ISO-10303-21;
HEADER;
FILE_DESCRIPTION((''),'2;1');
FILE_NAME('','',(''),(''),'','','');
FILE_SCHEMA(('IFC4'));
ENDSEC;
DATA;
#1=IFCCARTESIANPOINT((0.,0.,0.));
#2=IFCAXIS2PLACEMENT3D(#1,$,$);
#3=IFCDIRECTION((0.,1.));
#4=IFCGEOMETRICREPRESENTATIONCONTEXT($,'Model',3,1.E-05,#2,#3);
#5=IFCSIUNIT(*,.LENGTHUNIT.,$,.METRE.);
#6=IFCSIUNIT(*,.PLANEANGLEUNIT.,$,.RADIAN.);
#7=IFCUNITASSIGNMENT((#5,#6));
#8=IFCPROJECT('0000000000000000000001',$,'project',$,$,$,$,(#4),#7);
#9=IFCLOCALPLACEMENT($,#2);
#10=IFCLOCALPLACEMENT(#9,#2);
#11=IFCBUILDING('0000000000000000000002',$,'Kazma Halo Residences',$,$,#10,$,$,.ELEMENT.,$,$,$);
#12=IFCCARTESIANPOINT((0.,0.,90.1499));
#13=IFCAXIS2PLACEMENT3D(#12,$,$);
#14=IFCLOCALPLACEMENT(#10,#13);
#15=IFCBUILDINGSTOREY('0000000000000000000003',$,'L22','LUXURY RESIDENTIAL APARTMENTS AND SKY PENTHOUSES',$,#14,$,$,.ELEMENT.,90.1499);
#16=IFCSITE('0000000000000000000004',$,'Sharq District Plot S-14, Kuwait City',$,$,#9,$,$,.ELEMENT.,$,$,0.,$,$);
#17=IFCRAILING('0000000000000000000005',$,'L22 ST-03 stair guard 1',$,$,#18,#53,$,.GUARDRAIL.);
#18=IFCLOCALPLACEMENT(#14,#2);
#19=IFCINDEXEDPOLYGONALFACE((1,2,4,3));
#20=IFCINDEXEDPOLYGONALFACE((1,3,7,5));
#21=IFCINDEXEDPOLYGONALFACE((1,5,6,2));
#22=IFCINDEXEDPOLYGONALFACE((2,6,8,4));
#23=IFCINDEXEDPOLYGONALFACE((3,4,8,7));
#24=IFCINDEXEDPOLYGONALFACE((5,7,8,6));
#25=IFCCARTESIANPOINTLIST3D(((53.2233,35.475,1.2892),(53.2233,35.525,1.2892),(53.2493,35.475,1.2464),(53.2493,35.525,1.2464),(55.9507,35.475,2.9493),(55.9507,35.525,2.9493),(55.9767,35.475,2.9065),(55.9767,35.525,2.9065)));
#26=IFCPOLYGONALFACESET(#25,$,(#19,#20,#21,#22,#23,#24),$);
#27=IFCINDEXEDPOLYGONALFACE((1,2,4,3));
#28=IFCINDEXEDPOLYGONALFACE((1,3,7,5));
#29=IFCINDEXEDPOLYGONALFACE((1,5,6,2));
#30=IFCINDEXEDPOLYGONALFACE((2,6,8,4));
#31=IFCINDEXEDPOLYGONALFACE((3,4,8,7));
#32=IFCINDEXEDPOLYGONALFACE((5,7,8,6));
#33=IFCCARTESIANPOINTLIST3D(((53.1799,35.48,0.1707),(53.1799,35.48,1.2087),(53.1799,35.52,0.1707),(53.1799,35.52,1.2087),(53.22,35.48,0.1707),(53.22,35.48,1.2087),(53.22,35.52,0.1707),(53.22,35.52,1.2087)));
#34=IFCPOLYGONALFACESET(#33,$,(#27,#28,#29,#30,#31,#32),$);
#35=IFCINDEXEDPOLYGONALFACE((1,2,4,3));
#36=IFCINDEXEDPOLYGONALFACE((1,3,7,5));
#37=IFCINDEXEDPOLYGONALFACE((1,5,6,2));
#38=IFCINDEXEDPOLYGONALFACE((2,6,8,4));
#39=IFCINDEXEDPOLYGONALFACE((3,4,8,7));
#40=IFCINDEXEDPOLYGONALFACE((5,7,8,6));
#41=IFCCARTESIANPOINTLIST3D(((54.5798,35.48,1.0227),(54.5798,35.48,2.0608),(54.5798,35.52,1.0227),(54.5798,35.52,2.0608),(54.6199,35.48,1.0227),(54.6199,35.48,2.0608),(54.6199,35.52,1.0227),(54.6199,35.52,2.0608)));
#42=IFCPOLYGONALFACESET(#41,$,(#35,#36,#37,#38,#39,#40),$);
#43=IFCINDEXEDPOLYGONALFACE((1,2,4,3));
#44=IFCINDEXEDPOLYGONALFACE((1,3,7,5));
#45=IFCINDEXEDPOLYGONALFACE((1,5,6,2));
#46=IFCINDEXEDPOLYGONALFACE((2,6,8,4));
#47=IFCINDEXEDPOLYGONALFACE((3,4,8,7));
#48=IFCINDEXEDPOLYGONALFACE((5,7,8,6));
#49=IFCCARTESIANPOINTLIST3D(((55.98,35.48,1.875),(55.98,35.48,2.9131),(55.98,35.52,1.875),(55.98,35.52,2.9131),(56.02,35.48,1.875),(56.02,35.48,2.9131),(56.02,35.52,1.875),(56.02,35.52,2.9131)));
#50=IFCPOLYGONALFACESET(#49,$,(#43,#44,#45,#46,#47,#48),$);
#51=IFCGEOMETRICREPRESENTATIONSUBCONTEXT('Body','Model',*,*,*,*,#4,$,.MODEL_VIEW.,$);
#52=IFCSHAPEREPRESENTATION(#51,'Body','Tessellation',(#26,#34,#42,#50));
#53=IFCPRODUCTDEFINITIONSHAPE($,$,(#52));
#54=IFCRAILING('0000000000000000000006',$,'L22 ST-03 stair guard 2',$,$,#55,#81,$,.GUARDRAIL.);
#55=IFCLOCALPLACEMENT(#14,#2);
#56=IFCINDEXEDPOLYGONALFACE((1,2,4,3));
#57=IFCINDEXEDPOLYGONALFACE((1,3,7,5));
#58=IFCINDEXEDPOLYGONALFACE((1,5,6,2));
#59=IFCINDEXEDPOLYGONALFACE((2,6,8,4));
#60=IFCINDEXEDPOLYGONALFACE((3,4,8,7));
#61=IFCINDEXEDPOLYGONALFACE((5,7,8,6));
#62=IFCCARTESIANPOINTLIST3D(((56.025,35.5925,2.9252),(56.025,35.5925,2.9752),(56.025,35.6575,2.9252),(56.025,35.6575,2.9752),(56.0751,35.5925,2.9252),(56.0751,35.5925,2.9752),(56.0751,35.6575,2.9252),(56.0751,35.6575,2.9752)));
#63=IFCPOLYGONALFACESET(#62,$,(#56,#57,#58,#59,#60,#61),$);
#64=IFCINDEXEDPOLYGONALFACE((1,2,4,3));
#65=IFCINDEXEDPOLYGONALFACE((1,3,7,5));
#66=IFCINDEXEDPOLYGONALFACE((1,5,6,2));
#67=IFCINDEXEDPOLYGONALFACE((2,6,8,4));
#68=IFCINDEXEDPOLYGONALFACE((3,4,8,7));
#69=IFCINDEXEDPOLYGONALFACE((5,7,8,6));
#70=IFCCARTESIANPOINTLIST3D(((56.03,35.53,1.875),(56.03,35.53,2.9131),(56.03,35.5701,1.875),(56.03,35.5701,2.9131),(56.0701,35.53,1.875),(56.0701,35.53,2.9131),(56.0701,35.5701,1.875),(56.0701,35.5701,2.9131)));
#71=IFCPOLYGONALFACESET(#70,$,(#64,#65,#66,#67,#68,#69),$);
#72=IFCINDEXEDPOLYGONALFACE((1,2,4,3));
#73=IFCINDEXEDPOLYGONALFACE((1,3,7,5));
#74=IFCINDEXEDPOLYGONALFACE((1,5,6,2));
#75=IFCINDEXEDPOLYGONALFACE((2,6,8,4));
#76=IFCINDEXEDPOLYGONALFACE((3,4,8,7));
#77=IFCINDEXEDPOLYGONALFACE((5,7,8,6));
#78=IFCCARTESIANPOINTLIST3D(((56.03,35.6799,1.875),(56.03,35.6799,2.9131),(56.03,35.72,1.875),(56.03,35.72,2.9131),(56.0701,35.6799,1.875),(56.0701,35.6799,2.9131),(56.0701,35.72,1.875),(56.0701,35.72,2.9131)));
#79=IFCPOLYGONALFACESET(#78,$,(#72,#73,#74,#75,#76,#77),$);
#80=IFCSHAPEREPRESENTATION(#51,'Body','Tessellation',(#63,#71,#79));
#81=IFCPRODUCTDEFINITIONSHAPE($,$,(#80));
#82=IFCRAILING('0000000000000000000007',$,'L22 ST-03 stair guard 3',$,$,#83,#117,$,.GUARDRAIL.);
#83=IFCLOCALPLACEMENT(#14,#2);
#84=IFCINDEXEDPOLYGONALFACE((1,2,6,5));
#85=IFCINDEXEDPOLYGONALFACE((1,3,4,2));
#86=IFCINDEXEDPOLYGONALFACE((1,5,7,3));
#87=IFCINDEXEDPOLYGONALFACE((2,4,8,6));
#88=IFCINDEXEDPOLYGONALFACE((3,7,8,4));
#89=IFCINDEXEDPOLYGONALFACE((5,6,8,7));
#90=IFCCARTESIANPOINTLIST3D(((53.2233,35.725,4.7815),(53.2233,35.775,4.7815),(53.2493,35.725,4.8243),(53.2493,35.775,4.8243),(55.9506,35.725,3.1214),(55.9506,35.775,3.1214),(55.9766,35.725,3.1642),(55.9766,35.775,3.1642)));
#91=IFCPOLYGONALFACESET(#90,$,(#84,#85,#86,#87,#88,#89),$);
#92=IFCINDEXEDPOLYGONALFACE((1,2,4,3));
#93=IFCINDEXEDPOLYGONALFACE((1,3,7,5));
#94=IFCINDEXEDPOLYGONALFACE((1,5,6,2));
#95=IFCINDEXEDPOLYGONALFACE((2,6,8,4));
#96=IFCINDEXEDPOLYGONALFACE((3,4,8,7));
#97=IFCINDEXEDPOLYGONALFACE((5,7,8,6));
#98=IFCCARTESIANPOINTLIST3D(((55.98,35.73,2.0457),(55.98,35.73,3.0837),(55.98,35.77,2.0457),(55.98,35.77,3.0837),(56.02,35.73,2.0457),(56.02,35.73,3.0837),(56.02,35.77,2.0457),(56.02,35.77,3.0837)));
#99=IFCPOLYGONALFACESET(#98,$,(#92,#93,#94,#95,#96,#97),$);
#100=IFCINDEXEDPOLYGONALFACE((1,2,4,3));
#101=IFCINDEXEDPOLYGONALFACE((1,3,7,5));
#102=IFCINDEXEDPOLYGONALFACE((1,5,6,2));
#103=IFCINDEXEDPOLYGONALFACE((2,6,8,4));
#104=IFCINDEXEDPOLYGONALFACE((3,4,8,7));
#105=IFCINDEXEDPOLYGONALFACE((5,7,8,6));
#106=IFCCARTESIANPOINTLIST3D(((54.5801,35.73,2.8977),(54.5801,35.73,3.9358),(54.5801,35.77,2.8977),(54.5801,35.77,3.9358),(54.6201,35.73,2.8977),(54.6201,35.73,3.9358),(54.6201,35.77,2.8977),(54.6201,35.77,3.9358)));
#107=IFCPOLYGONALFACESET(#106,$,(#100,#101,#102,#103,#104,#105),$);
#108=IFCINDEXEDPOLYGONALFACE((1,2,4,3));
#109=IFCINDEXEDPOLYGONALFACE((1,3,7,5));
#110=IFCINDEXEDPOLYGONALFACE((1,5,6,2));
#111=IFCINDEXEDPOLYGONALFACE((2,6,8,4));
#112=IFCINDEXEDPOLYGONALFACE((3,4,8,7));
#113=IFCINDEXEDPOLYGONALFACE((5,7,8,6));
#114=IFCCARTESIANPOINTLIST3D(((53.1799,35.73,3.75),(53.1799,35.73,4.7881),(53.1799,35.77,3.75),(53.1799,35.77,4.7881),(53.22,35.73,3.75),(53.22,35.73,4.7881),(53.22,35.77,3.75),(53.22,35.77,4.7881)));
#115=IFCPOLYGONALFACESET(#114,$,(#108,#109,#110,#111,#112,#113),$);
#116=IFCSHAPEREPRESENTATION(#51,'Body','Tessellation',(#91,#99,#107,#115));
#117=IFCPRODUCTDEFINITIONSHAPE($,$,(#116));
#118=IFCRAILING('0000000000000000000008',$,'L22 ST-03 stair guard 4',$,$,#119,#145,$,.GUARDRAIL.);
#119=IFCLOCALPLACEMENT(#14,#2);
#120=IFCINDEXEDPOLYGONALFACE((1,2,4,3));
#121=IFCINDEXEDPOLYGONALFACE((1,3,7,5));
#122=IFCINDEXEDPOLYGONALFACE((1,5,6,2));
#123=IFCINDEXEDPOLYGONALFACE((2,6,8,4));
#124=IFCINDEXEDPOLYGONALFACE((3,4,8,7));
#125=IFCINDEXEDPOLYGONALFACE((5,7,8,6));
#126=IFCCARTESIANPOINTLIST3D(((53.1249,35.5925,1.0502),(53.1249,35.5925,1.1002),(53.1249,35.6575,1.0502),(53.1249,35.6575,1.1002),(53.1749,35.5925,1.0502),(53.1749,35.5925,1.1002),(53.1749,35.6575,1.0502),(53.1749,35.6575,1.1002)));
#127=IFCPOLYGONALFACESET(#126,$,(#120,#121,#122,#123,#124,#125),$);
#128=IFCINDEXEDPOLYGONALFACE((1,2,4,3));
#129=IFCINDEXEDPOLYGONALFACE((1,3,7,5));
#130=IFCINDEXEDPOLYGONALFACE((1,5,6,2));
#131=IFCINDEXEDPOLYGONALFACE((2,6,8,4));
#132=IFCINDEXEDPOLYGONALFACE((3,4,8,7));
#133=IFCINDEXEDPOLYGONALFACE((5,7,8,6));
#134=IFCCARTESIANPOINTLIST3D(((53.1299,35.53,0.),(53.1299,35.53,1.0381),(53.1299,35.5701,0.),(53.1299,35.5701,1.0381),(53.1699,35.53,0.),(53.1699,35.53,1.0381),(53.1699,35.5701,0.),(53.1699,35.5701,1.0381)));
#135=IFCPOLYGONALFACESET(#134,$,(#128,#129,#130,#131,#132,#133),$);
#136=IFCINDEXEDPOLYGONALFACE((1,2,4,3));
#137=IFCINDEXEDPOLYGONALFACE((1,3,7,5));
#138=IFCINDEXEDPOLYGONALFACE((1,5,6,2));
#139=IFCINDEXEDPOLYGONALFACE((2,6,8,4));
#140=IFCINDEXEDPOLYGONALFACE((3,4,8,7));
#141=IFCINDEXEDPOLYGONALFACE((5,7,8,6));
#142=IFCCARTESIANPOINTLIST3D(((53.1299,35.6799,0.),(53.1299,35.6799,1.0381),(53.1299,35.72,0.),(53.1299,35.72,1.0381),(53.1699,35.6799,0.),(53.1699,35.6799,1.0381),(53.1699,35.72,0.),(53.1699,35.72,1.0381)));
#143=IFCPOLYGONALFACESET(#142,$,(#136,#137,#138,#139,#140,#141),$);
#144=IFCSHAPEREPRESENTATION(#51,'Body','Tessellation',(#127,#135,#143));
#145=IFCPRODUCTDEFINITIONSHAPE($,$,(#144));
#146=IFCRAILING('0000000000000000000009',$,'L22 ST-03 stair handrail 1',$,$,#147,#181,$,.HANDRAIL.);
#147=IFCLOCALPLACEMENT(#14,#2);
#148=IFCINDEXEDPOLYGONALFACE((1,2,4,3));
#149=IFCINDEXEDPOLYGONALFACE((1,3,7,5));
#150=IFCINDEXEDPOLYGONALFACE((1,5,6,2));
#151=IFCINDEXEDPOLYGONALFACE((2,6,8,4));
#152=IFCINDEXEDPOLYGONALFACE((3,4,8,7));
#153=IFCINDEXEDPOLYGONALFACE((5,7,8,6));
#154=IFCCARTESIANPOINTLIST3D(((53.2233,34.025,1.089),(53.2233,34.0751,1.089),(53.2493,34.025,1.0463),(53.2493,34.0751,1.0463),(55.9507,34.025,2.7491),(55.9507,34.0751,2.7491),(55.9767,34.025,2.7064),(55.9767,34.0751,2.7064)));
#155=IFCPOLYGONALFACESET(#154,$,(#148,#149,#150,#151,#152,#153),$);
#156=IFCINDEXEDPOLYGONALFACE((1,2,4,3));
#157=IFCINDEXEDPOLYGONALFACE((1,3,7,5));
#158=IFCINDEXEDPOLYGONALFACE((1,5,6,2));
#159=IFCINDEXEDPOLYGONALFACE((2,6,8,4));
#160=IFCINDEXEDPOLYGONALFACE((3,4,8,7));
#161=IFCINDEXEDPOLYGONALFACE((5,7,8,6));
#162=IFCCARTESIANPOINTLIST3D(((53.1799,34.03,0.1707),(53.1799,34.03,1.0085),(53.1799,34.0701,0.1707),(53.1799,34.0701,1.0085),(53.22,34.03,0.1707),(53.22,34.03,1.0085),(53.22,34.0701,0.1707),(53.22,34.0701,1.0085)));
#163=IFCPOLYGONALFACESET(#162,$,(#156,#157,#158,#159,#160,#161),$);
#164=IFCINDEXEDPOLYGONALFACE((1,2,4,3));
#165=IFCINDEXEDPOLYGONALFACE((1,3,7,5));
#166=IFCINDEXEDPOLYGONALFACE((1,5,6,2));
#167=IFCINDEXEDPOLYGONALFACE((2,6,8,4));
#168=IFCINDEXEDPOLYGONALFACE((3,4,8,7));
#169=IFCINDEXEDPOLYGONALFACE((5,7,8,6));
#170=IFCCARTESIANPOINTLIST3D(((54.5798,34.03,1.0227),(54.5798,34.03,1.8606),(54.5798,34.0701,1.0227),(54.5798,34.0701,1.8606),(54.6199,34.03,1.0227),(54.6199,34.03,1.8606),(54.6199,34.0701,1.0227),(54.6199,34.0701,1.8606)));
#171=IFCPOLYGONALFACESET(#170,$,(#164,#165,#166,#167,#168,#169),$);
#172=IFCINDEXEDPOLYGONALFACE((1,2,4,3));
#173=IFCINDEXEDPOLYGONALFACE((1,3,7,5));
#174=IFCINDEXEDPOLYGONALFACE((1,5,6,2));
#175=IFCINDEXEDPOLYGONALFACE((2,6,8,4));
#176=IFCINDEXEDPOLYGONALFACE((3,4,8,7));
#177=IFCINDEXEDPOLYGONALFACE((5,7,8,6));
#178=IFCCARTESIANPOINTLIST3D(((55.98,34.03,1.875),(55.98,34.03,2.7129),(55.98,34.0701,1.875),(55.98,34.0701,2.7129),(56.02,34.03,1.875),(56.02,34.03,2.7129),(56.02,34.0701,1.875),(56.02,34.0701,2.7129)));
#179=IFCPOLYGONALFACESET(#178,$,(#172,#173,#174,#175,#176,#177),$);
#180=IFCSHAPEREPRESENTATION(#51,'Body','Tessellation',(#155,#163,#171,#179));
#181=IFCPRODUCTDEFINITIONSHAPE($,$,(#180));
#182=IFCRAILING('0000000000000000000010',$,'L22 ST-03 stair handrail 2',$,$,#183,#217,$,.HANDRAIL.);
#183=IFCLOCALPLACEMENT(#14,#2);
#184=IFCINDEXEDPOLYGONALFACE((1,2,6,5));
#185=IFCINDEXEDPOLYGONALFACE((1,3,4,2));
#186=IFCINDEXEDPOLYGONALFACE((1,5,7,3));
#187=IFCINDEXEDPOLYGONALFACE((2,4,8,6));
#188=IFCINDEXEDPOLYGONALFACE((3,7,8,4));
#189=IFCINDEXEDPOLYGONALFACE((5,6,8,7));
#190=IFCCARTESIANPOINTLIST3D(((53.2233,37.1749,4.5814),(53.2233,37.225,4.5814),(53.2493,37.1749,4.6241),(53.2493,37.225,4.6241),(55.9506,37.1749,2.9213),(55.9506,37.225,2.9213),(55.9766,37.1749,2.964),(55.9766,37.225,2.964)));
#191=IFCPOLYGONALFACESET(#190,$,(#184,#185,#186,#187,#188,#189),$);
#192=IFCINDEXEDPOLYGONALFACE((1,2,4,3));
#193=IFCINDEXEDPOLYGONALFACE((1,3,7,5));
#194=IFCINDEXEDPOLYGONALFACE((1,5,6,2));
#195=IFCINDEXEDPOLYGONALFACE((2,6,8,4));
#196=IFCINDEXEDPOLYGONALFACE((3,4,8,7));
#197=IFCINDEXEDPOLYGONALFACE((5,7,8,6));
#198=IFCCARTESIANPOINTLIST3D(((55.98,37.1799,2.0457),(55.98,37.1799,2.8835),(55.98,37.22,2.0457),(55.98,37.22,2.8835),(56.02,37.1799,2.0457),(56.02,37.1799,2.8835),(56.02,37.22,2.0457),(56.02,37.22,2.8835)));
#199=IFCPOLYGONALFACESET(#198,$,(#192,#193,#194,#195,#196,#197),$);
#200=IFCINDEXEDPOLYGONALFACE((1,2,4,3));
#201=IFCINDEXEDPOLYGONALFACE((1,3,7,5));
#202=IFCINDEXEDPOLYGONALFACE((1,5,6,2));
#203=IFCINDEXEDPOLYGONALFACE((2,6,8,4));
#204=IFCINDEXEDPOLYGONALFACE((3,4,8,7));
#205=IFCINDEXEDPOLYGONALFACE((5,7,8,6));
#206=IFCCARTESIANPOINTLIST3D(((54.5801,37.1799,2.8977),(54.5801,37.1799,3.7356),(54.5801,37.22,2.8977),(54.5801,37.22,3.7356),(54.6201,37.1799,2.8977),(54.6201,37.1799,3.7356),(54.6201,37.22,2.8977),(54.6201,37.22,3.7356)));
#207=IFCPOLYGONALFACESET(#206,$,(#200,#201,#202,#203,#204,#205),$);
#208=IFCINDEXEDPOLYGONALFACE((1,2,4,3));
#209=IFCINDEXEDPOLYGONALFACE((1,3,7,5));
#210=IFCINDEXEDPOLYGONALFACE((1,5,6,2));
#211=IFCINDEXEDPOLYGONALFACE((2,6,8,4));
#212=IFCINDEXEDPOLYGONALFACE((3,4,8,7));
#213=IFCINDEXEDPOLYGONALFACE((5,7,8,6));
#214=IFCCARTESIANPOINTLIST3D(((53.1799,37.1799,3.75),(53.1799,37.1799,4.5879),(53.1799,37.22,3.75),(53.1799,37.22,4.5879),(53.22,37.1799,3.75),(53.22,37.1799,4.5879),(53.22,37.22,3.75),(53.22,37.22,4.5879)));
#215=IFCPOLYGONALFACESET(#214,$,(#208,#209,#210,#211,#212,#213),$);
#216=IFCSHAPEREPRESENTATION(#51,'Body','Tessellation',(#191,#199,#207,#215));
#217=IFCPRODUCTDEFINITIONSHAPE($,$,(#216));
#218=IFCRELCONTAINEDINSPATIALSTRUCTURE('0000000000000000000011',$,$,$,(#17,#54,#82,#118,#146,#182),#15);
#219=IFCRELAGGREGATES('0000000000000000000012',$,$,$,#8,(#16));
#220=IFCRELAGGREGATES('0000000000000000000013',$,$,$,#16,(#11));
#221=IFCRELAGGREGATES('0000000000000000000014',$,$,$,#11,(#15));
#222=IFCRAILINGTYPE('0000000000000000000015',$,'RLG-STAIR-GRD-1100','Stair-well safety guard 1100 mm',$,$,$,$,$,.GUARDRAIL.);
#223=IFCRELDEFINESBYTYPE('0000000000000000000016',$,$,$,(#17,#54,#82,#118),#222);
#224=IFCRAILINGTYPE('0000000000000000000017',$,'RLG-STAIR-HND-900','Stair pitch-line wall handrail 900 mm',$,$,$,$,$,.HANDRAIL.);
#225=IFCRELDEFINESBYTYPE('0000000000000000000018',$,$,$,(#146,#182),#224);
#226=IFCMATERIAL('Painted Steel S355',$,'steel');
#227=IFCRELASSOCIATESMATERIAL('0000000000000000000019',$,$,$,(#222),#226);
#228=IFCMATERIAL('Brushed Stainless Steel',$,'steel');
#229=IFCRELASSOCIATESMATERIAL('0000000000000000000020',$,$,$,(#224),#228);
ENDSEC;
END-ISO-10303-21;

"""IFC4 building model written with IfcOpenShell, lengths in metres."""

from ifc_helpers import new_model, si_unit, direction, frame, origin, origin_2d, place, context, subcontext, project, spatial, rectangle, extrude, material, type_object, element, save


model = new_model("IFC4")

# Units and contexts
model_context = context("Model", 3, precision=1e-05, world=origin(), true_north=direction((0.0, 1.0)))
body_context = subcontext(model_context, "Body", "Model", "MODEL_VIEW")
ifc_project = project(units=[si_unit("LENGTHUNIT", "METRE"), si_unit("PLANEANGLEUNIT", "RADIAN")], contexts=[model_context])

# Site, building, storey
site_placement = place(None, origin())
site = spatial("IfcSite", under=ifc_project, at=site_placement, Name="Sharq District Plot S-14, Kuwait City", CompositionType="ELEMENT", RefElevation=0.0)
building_placement = place(site_placement, origin())
building = spatial("IfcBuilding", under=site, at=building_placement, Name="Kazma Halo Residences", CompositionType="ELEMENT")
storey_placement = place(building_placement, frame((0.0, 0.0, 90.1499)))
storey = spatial("IfcBuildingStorey", under=building, at=storey_placement, Name="L22", Description="LUXURY RESIDENTIAL APARTMENTS AND SKY PENTHOUSES", CompositionType="ELEMENT", Elevation=90.1499)

# Railings
ifc_material_1 = material(Name="Painted Steel S355", Category="steel")
railing_type_1 = type_object("IfcRailingType", Name="RLG-STAIR-GRD-1100", Description="Stair-well safety guard 1100 mm", PredefinedType="GUARDRAIL", material=ifc_material_1)
railing_1_placement = place(storey_placement, frame((53.2, 35.5, 0.1707)))
element("IfcRailing", 1, at=railing_1_placement, inside=storey, type_object=railing_type_1, Name="L22 ST-03 stair guard 1", PredefinedType="GUARDRAIL", context=body_context, shape_type="SweptSolid", body=[
    extrude(rectangle(XDim=0.05, YDim=0.05, at=origin_2d()), frame((0.0364, 0.0, 1.0972), z_axis=(0.854203, 0.0, 0.51994), x_axis=(0.0, 1.0, 0.0)), (0.0, 0.0, 1.0), 3.1929),
    extrude(rectangle(XDim=0.04, YDim=0.04, at=origin_2d()), origin(), (0.0, 0.0, 1.0), 1.0381),
    extrude(rectangle(XDim=0.04, YDim=0.04, at=origin_2d()), frame((1.3999, 0.0, 0.8521)), (0.0, 0.0, 1.0), 1.0381),
    extrude(rectangle(XDim=0.04, YDim=0.04, at=origin_2d()), frame((2.8, 0.0, 1.7043)), (0.0, 0.0, 1.0), 1.0381),
])
railing_2_placement = place(storey_placement, frame((56.05, 35.55, 1.875)))
element("IfcRailing", 2, at=railing_2_placement, inside=storey, type_object=railing_type_1, Name="L22 ST-03 stair guard 2", PredefinedType="GUARDRAIL", context=body_context, shape_type="SweptSolid", body=[
    extrude(rectangle(XDim=0.05, YDim=0.05, at=origin_2d()), frame((0.0, 0.0425, 1.0752), z_axis=(0.0, 1.0, 0.0), x_axis=(-1.0, 0.0, 0.0)), (0.0, 0.0, 1.0), 0.0649),
    extrude(rectangle(XDim=0.04, YDim=0.04, at=origin_2d()), origin(), (0.0, 0.0, 1.0), 1.0381),
    extrude(rectangle(XDim=0.04, YDim=0.04, at=origin_2d()), frame((0.0, 0.1499, 0.0)), (0.0, 0.0, 1.0), 1.0381),
])
railing_3_placement = place(storey_placement, frame((56.0, 35.75, 2.0457)))
element("IfcRailing", 3, at=railing_3_placement, inside=storey, type_object=railing_type_1, Name="L22 ST-03 stair guard 3", PredefinedType="GUARDRAIL", context=body_context, shape_type="SweptSolid", body=[
    extrude(rectangle(XDim=0.05, YDim=0.05, at=origin_2d()), frame((-0.0364, 0.0, 1.0972), z_axis=(-0.854203, 0.0, 0.51994), x_axis=(0.0, -1.0, 0.0)), (0.0, 0.0, 1.0), 3.1929),
    extrude(rectangle(XDim=0.04, YDim=0.04, at=origin_2d()), origin(), (0.0, 0.0, 1.0), 1.0381),
    extrude(rectangle(XDim=0.04, YDim=0.04, at=origin_2d()), frame((-1.3999, 0.0, 0.8521)), (0.0, 0.0, 1.0), 1.0381),
    extrude(rectangle(XDim=0.04, YDim=0.04, at=origin_2d()), frame((-2.8, 0.0, 1.7043)), (0.0, 0.0, 1.0), 1.0381),
])
railing_4_placement = place(storey_placement, frame((53.1499, 35.55, 0.0)))
element("IfcRailing", 4, at=railing_4_placement, inside=storey, type_object=railing_type_1, Name="L22 ST-03 stair guard 4", PredefinedType="GUARDRAIL", context=body_context, shape_type="SweptSolid", body=[
    extrude(rectangle(XDim=0.05, YDim=0.05, at=origin_2d()), frame((0.0, 0.0425, 1.0752), z_axis=(0.0, 1.0, 0.0), x_axis=(-1.0, 0.0, 0.0)), (0.0, 0.0, 1.0), 0.0649),
    extrude(rectangle(XDim=0.04, YDim=0.04, at=origin_2d()), origin(), (0.0, 0.0, 1.0), 1.0381),
    extrude(rectangle(XDim=0.04, YDim=0.04, at=origin_2d()), frame((0.0, 0.1499, 0.0)), (0.0, 0.0, 1.0), 1.0381),
])
ifc_material_2 = material(Name="Brushed Stainless Steel", Category="steel")
railing_type_2 = type_object("IfcRailingType", Name="RLG-STAIR-HND-900", Description="Stair pitch-line wall handrail 900 mm", PredefinedType="HANDRAIL", material=ifc_material_2)
railing_5_placement = place(storey_placement, frame((53.2, 34.05, 0.1707)))
element("IfcRailing", 5, at=railing_5_placement, inside=storey, type_object=railing_type_2, Name="L22 ST-03 stair handrail 1", PredefinedType="HANDRAIL", context=body_context, shape_type="SweptSolid", body=[
    extrude(rectangle(XDim=0.05, YDim=0.05, at=origin_2d()), frame((0.0364, 0.0, 0.897), z_axis=(0.854203, 0.0, 0.51994), x_axis=(0.0, 1.0, 0.0)), (0.0, 0.0, 1.0), 3.1929),
    extrude(rectangle(XDim=0.04, YDim=0.04, at=origin_2d()), origin(), (0.0, 0.0, 1.0), 0.8379),
    extrude(rectangle(XDim=0.04, YDim=0.04, at=origin_2d()), frame((1.3999, 0.0, 0.8521)), (0.0, 0.0, 1.0), 0.8379),
    extrude(rectangle(XDim=0.04, YDim=0.04, at=origin_2d()), frame((2.8, 0.0, 1.7043)), (0.0, 0.0, 1.0), 0.8379),
])
railing_6_placement = place(storey_placement, frame((56.0, 37.2, 2.0457)))
element("IfcRailing", 6, at=railing_6_placement, inside=storey, type_object=railing_type_2, Name="L22 ST-03 stair handrail 2", PredefinedType="HANDRAIL", context=body_context, shape_type="SweptSolid", body=[
    extrude(rectangle(XDim=0.05, YDim=0.05, at=origin_2d()), frame((-0.0364, 0.0, 0.897), z_axis=(-0.854203, 0.0, 0.51994), x_axis=(0.0, -1.0, 0.0)), (0.0, 0.0, 1.0), 3.1929),
    extrude(rectangle(XDim=0.04, YDim=0.04, at=origin_2d()), origin(), (0.0, 0.0, 1.0), 0.8379),
    extrude(rectangle(XDim=0.04, YDim=0.04, at=origin_2d()), frame((-1.3999, 0.0, 0.8521)), (0.0, 0.0, 1.0), 0.8379),
    extrude(rectangle(XDim=0.04, YDim=0.04, at=origin_2d()), frame((-2.8, 0.0, 1.7043)), (0.0, 0.0, 1.0), 0.8379),
])

save(model, "model.ifc")
